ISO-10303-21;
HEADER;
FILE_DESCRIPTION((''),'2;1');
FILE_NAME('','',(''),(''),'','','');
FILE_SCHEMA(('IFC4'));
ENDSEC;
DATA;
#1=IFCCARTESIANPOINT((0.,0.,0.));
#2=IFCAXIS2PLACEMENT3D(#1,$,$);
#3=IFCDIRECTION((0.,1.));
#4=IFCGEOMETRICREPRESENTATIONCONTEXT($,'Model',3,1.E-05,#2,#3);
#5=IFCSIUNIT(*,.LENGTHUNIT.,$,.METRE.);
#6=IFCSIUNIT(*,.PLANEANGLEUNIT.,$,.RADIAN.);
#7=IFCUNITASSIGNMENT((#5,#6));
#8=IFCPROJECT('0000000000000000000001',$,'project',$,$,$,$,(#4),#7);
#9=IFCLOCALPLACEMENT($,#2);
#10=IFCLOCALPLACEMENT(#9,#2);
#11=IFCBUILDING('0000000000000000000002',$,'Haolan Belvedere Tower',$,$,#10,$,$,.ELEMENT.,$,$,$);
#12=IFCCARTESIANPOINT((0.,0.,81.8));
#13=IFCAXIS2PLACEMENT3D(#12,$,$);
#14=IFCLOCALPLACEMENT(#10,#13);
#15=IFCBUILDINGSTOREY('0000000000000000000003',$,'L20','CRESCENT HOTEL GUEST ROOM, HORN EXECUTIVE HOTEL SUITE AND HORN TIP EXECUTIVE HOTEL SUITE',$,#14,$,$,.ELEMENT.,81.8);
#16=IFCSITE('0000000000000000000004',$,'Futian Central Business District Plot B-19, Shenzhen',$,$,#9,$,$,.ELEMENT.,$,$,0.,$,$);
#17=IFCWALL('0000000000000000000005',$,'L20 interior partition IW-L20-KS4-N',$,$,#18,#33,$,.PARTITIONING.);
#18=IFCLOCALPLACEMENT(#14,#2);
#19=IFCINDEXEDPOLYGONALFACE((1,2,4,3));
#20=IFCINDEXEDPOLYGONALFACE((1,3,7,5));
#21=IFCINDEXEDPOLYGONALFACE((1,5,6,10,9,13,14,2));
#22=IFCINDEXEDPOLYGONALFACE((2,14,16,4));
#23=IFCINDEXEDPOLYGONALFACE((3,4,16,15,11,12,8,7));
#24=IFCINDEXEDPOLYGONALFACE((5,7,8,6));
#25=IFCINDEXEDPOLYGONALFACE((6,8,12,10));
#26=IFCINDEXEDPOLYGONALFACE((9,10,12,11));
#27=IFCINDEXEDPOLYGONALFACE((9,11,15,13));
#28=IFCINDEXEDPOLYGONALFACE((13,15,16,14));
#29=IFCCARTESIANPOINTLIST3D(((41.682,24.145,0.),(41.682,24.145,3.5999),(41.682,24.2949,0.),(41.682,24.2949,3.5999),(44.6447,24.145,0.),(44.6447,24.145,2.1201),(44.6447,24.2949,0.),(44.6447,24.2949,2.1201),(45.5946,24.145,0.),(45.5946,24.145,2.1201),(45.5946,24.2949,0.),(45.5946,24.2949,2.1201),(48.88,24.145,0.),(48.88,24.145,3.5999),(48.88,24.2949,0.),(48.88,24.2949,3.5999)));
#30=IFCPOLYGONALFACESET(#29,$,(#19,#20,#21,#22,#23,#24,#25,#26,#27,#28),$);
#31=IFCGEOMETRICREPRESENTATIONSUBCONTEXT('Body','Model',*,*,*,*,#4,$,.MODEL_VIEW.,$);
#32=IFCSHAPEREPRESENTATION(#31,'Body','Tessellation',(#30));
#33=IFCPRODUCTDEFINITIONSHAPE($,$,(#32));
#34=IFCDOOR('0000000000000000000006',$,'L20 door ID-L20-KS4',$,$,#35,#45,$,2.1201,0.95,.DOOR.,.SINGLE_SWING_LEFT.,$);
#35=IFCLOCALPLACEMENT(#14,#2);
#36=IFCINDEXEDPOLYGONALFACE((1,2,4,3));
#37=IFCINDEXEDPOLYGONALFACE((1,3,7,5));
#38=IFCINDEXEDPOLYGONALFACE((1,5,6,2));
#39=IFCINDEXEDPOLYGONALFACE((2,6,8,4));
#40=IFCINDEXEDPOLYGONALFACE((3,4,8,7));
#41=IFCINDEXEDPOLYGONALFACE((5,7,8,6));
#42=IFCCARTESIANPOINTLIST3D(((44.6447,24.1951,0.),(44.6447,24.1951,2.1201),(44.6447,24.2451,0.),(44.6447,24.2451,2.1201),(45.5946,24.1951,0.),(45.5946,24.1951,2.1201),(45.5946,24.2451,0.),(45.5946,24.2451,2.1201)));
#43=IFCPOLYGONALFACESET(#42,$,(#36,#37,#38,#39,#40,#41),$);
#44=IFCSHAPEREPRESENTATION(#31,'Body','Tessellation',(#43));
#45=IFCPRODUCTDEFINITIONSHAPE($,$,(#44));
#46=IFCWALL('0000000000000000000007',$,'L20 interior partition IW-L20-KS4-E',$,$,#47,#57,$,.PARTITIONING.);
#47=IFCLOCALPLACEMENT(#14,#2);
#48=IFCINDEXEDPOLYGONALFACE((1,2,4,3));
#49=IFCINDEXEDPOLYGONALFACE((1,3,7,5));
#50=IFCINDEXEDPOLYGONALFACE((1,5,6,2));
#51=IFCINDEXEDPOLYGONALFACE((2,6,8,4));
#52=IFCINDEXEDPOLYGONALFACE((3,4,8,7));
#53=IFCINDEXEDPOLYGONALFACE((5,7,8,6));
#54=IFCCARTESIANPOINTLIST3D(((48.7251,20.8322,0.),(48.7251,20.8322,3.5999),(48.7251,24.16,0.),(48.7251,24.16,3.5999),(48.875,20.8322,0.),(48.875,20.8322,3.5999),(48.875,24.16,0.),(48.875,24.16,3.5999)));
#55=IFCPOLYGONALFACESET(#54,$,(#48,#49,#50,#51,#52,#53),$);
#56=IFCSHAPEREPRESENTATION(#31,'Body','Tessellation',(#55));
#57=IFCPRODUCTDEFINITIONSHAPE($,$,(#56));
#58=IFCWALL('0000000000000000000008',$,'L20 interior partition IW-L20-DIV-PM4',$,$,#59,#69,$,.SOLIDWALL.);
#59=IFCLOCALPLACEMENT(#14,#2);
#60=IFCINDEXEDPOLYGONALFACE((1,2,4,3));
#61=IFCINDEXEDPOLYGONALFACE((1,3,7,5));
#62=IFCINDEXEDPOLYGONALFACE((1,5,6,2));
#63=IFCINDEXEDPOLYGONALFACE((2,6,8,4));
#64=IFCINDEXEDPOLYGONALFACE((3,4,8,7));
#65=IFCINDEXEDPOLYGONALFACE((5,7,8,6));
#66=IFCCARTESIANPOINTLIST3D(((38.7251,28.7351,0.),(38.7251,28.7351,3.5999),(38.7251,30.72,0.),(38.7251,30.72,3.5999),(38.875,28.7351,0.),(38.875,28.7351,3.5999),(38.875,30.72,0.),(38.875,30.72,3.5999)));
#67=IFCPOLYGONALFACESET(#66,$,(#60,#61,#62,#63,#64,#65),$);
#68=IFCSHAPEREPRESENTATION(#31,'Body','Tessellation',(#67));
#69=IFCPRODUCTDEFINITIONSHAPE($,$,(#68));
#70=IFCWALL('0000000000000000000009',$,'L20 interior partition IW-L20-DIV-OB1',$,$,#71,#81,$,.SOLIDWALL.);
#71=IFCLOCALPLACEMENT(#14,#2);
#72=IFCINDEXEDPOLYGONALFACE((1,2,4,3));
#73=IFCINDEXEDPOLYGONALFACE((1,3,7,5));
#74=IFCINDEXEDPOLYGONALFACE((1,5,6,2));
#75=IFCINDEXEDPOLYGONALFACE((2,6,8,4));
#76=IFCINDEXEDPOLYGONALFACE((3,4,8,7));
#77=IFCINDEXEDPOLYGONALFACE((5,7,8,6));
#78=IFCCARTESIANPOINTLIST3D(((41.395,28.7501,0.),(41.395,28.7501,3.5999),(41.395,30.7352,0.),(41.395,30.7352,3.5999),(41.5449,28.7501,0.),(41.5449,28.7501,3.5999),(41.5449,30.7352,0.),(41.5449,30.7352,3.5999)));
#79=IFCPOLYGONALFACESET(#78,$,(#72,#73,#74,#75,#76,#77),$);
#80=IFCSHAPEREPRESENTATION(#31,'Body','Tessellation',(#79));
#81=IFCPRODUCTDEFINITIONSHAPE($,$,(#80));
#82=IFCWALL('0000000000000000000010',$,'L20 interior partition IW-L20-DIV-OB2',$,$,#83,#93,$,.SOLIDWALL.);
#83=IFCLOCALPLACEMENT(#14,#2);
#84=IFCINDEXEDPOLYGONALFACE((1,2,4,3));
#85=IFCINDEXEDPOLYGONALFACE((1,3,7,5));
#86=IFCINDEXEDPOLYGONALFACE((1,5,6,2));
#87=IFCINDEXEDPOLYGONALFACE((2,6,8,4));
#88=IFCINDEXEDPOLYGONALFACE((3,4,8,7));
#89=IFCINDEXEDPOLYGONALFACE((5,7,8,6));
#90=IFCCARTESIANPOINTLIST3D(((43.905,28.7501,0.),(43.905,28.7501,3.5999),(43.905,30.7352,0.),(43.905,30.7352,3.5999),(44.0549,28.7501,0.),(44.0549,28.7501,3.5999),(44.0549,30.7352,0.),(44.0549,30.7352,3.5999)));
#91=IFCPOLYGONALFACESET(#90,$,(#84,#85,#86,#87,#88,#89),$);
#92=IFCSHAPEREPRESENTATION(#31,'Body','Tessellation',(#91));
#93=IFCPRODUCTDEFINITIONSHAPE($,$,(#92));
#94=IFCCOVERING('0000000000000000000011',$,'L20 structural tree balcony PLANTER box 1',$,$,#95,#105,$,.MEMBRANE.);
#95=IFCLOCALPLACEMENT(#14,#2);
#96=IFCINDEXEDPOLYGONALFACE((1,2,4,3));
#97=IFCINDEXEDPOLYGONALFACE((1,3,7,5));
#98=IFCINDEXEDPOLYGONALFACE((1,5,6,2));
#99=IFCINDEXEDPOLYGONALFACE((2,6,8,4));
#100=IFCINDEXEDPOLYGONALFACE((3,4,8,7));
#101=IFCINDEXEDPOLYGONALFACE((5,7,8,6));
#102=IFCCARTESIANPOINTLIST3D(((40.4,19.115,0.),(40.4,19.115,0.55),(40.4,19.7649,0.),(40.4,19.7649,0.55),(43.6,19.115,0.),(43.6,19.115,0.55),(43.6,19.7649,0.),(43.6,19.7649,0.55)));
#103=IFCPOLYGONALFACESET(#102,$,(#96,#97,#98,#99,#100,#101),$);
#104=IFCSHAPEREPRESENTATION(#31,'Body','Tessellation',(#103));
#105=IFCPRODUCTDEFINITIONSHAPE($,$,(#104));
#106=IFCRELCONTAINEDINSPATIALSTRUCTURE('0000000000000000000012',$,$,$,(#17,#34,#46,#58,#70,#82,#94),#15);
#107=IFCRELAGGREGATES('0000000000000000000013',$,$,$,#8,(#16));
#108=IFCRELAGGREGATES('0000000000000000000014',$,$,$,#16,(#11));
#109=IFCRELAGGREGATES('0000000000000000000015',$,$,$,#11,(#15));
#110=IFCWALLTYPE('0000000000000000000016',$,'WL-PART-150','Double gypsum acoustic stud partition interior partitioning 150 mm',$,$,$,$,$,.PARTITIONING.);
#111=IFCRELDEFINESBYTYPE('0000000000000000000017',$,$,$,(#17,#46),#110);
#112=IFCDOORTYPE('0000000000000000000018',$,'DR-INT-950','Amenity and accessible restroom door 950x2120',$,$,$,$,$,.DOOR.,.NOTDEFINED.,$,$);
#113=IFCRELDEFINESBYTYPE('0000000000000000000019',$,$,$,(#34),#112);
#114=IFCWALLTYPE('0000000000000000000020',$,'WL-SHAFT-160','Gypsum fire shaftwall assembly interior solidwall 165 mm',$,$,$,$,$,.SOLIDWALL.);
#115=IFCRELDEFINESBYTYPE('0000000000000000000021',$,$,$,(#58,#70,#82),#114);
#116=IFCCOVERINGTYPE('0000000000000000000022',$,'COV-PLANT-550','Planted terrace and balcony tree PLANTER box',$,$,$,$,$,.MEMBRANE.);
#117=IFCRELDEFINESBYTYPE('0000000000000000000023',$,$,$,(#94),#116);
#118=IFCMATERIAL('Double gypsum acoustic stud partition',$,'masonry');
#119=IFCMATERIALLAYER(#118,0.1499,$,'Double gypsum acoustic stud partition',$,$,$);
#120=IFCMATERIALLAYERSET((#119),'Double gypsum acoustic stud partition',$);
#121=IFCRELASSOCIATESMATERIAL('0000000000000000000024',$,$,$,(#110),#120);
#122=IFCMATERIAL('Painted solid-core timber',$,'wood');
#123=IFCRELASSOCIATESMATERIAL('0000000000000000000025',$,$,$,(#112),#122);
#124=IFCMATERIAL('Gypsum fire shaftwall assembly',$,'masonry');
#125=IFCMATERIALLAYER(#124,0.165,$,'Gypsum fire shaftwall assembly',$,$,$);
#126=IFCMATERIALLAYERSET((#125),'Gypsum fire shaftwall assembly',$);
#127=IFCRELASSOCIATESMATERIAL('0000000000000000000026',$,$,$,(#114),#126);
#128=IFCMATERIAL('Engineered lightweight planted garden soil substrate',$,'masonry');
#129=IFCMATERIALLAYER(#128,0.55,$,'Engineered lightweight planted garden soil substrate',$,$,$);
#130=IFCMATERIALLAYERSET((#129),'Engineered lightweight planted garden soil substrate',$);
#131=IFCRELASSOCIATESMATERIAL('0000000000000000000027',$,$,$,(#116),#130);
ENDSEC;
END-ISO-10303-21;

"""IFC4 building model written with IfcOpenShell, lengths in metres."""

from ifc_helpers import new_model, si_unit, direction, frame, frame_2d, origin, origin_2d, place, context, subcontext, project, spatial, rectangle, extrude, material, layer, layer_set, type_object, element, fill, save


model = new_model("IFC4")

# Units and contexts
model_context = context("Model", 3, precision=1e-05, world=origin(), true_north=direction((0.0, 1.0)))
body_context = subcontext(model_context, "Body", "Model", "MODEL_VIEW")
ifc_project = project(units=[si_unit("LENGTHUNIT", "METRE"), si_unit("PLANEANGLEUNIT", "RADIAN")], contexts=[model_context])

# Site, building, storey
site_placement = place(None, origin())
site = spatial("IfcSite", under=ifc_project, at=site_placement, Name="Futian Central Business District Plot B-19, Shenzhen", CompositionType="ELEMENT", RefElevation=0.0)
building_placement = place(site_placement, origin())
building = spatial("IfcBuilding", under=site, at=building_placement, Name="Haolan Belvedere Tower", CompositionType="ELEMENT")
storey_placement = place(building_placement, frame((0.0, 0.0, 81.8)))
storey = spatial("IfcBuildingStorey", under=building, at=storey_placement, Name="L20", Description="CRESCENT HOTEL GUEST ROOM, HORN EXECUTIVE HOTEL SUITE AND HORN TIP EXECUTIVE HOTEL SUITE", CompositionType="ELEMENT", Elevation=81.8)

# Shared definitions
ifc_material_1 = material(Name="Double gypsum acoustic stud partition", Category="masonry")
ifc_layer_1 = layer(ifc_material_1, 0.1499, Name="Double gypsum acoustic stud partition")
ifc_layer_set_1 = layer_set([ifc_layer_1], Name="Double gypsum acoustic stud partition")
wall_type_1 = type_object("IfcWallType", Name="WL-PART-150", Description="Double gypsum acoustic stud partition interior partitioning 150 mm", PredefinedType="PARTITIONING", material=ifc_layer_set_1)

# Shared definitions
ifc_material_2 = material(Name="Painted solid-core timber", Category="wood")
door_type = type_object("IfcDoorType", Name="DR-INT-950", Description="Amenity and accessible restroom door 950x2120", OperationType="NOTDEFINED", PredefinedType="DOOR", material=ifc_material_2)

# Wall, opening, door
wall_1_placement = place(storey_placement, frame((41.6819, 24.22, 0.0), z_axis=(0.0, 0.0, 1.0), x_axis=(1.0, 0.0, 0.0)))
wall_1 = element("IfcWall", 1, at=wall_1_placement, inside=storey, type_object=wall_type_1, Name="L20 interior partition IW-L20-KS4-N", PredefinedType="PARTITIONING", context=body_context, shape_type="SweptSolid", body=[
    extrude(rectangle(XDim=7.198, YDim=0.1499, at=frame_2d((3.5991, 0.0))), origin(), (0.0, 0.0, 1.0), 3.5999),
])
opening_1_placement = place(wall_1_placement, frame((3.9128, 0.0, 0.0), z_axis=(0.0, 0.0, 1.0), x_axis=(-1.0, 0.0, 0.0)))
opening_1 = element("IfcOpeningElement", 2, at=opening_1_placement, cuts=wall_1, PredefinedType="OPENING", context=body_context, shape_type="SweptSolid", body=[
    extrude(rectangle(XDim=0.95, YDim=2.1201, at=frame_2d((0.4751, 1.0601))), frame((0.0, 0.085, 0.0), z_axis=(0.0, -1.0, 0.0), x_axis=(1.0, 0.0, 0.0)), (0.0, 0.0, 1.0), 0.1699),
])
door_1_placement = place(opening_1_placement, origin())
door_1 = element("IfcDoor", 3, at=door_1_placement, inside=storey, type_object=door_type, Name="L20 door ID-L20-KS4", OperationType="SINGLE_SWING_LEFT", OverallHeight=2.1201, OverallWidth=0.95, PredefinedType="DOOR", context=body_context, shape_type="SweptSolid", body=[
    extrude(rectangle(XDim=0.95, YDim=2.1201, at=frame_2d((0.4751, 1.0601))), frame((0.0, 0.0249, 0.0), z_axis=(0.0, -1.0, 0.0), x_axis=(1.0, 0.0, 0.0)), (0.0, 0.0, 1.0), 0.05),
])
fill(opening_1, door_1)

# Walls
wall_2_placement = place(storey_placement, frame((48.8, 20.832, 0.0), z_axis=(0.0, 0.0, 1.0), x_axis=(0.0, 1.0, 0.0)))
element("IfcWall", 4, at=wall_2_placement, inside=storey, type_object=wall_type_1, Name="L20 interior partition IW-L20-KS4-E", PredefinedType="PARTITIONING", context=body_context, shape_type="SweptSolid", body=[
    extrude(rectangle(XDim=3.3279, YDim=0.1499, at=frame_2d((1.6641, 0.0))), origin(), (0.0, 0.0, 1.0), 3.5999),
])
ifc_material_3 = material(Name="Gypsum fire shaftwall assembly", Category="masonry")
ifc_layer_2 = layer(ifc_material_3, 0.165, Name="Gypsum fire shaftwall assembly")
ifc_layer_set_2 = layer_set([ifc_layer_2], Name="Gypsum fire shaftwall assembly")
wall_type_2 = type_object("IfcWallType", Name="WL-SHAFT-160", Description="Gypsum fire shaftwall assembly interior solidwall 165 mm", PredefinedType="SOLIDWALL", material=ifc_layer_set_2)
wall_3_placement = place(storey_placement, frame((38.8, 28.7351, 0.0), z_axis=(0.0, 0.0, 1.0), x_axis=(0.0, 1.0, 0.0)))
element("IfcWall", 5, at=wall_3_placement, inside=storey, type_object=wall_type_2, Name="L20 interior partition IW-L20-DIV-PM4", PredefinedType="SOLIDWALL", context=body_context, shape_type="SweptSolid", body=[
    extrude(rectangle(XDim=1.9849, YDim=0.1499, at=frame_2d((0.9924, 0.0))), origin(), (0.0, 0.0, 1.0), 3.5999),
])
for number, where, z_axis, x_axis, name in (
    (6, (41.47, 28.75, 0.0), (0.0, 0.0, 1.0), (0.0, 1.0, 0.0), "L20 interior partition IW-L20-DIV-OB1"),
    (7, (43.98, 28.75, 0.0), (0.0, 0.0, 1.0), (0.0, 1.0, 0.0), "L20 interior partition IW-L20-DIV-OB2"),
):
    element("IfcWall", number, at=place(storey_placement, frame(where, z_axis=z_axis, x_axis=x_axis)), inside=storey, type_object=wall_type_2, Name=name, PredefinedType="SOLIDWALL", context=body_context, shape_type="SweptSolid", body=[
        extrude(rectangle(XDim=1.9851, YDim=0.1499, at=frame_2d((0.9927, 0.0))), origin(), (0.0, 0.0, 1.0), 3.5999),
    ])

# Covering
ifc_material_4 = material(Name="Engineered lightweight planted garden soil substrate", Category="masonry")
ifc_layer_3 = layer(ifc_material_4, 0.55, Name="Engineered lightweight planted garden soil substrate")
ifc_layer_set_3 = layer_set([ifc_layer_3], Name="Engineered lightweight planted garden soil substrate")
covering_type = type_object("IfcCoveringType", Name="COV-PLANT-550", Description="Planted terrace and balcony tree PLANTER box", PredefinedType="MEMBRANE", material=ifc_layer_set_3)
covering_placement = place(storey_placement, frame((42.0, 19.4399, 0.0), z_axis=(0.0, 0.0, 1.0), x_axis=(1.0, 0.0, 0.0)))
element("IfcCovering", 8, at=covering_placement, inside=storey, type_object=covering_type, Name="L20 structural tree balcony PLANTER box 1", PredefinedType="MEMBRANE", context=body_context, shape_type="SweptSolid", body=[
    extrude(rectangle(XDim=3.2, YDim=0.6499, at=origin_2d()), origin(), (0.0, 0.0, 1.0), 0.55),
])

save(model, "model.ifc")
